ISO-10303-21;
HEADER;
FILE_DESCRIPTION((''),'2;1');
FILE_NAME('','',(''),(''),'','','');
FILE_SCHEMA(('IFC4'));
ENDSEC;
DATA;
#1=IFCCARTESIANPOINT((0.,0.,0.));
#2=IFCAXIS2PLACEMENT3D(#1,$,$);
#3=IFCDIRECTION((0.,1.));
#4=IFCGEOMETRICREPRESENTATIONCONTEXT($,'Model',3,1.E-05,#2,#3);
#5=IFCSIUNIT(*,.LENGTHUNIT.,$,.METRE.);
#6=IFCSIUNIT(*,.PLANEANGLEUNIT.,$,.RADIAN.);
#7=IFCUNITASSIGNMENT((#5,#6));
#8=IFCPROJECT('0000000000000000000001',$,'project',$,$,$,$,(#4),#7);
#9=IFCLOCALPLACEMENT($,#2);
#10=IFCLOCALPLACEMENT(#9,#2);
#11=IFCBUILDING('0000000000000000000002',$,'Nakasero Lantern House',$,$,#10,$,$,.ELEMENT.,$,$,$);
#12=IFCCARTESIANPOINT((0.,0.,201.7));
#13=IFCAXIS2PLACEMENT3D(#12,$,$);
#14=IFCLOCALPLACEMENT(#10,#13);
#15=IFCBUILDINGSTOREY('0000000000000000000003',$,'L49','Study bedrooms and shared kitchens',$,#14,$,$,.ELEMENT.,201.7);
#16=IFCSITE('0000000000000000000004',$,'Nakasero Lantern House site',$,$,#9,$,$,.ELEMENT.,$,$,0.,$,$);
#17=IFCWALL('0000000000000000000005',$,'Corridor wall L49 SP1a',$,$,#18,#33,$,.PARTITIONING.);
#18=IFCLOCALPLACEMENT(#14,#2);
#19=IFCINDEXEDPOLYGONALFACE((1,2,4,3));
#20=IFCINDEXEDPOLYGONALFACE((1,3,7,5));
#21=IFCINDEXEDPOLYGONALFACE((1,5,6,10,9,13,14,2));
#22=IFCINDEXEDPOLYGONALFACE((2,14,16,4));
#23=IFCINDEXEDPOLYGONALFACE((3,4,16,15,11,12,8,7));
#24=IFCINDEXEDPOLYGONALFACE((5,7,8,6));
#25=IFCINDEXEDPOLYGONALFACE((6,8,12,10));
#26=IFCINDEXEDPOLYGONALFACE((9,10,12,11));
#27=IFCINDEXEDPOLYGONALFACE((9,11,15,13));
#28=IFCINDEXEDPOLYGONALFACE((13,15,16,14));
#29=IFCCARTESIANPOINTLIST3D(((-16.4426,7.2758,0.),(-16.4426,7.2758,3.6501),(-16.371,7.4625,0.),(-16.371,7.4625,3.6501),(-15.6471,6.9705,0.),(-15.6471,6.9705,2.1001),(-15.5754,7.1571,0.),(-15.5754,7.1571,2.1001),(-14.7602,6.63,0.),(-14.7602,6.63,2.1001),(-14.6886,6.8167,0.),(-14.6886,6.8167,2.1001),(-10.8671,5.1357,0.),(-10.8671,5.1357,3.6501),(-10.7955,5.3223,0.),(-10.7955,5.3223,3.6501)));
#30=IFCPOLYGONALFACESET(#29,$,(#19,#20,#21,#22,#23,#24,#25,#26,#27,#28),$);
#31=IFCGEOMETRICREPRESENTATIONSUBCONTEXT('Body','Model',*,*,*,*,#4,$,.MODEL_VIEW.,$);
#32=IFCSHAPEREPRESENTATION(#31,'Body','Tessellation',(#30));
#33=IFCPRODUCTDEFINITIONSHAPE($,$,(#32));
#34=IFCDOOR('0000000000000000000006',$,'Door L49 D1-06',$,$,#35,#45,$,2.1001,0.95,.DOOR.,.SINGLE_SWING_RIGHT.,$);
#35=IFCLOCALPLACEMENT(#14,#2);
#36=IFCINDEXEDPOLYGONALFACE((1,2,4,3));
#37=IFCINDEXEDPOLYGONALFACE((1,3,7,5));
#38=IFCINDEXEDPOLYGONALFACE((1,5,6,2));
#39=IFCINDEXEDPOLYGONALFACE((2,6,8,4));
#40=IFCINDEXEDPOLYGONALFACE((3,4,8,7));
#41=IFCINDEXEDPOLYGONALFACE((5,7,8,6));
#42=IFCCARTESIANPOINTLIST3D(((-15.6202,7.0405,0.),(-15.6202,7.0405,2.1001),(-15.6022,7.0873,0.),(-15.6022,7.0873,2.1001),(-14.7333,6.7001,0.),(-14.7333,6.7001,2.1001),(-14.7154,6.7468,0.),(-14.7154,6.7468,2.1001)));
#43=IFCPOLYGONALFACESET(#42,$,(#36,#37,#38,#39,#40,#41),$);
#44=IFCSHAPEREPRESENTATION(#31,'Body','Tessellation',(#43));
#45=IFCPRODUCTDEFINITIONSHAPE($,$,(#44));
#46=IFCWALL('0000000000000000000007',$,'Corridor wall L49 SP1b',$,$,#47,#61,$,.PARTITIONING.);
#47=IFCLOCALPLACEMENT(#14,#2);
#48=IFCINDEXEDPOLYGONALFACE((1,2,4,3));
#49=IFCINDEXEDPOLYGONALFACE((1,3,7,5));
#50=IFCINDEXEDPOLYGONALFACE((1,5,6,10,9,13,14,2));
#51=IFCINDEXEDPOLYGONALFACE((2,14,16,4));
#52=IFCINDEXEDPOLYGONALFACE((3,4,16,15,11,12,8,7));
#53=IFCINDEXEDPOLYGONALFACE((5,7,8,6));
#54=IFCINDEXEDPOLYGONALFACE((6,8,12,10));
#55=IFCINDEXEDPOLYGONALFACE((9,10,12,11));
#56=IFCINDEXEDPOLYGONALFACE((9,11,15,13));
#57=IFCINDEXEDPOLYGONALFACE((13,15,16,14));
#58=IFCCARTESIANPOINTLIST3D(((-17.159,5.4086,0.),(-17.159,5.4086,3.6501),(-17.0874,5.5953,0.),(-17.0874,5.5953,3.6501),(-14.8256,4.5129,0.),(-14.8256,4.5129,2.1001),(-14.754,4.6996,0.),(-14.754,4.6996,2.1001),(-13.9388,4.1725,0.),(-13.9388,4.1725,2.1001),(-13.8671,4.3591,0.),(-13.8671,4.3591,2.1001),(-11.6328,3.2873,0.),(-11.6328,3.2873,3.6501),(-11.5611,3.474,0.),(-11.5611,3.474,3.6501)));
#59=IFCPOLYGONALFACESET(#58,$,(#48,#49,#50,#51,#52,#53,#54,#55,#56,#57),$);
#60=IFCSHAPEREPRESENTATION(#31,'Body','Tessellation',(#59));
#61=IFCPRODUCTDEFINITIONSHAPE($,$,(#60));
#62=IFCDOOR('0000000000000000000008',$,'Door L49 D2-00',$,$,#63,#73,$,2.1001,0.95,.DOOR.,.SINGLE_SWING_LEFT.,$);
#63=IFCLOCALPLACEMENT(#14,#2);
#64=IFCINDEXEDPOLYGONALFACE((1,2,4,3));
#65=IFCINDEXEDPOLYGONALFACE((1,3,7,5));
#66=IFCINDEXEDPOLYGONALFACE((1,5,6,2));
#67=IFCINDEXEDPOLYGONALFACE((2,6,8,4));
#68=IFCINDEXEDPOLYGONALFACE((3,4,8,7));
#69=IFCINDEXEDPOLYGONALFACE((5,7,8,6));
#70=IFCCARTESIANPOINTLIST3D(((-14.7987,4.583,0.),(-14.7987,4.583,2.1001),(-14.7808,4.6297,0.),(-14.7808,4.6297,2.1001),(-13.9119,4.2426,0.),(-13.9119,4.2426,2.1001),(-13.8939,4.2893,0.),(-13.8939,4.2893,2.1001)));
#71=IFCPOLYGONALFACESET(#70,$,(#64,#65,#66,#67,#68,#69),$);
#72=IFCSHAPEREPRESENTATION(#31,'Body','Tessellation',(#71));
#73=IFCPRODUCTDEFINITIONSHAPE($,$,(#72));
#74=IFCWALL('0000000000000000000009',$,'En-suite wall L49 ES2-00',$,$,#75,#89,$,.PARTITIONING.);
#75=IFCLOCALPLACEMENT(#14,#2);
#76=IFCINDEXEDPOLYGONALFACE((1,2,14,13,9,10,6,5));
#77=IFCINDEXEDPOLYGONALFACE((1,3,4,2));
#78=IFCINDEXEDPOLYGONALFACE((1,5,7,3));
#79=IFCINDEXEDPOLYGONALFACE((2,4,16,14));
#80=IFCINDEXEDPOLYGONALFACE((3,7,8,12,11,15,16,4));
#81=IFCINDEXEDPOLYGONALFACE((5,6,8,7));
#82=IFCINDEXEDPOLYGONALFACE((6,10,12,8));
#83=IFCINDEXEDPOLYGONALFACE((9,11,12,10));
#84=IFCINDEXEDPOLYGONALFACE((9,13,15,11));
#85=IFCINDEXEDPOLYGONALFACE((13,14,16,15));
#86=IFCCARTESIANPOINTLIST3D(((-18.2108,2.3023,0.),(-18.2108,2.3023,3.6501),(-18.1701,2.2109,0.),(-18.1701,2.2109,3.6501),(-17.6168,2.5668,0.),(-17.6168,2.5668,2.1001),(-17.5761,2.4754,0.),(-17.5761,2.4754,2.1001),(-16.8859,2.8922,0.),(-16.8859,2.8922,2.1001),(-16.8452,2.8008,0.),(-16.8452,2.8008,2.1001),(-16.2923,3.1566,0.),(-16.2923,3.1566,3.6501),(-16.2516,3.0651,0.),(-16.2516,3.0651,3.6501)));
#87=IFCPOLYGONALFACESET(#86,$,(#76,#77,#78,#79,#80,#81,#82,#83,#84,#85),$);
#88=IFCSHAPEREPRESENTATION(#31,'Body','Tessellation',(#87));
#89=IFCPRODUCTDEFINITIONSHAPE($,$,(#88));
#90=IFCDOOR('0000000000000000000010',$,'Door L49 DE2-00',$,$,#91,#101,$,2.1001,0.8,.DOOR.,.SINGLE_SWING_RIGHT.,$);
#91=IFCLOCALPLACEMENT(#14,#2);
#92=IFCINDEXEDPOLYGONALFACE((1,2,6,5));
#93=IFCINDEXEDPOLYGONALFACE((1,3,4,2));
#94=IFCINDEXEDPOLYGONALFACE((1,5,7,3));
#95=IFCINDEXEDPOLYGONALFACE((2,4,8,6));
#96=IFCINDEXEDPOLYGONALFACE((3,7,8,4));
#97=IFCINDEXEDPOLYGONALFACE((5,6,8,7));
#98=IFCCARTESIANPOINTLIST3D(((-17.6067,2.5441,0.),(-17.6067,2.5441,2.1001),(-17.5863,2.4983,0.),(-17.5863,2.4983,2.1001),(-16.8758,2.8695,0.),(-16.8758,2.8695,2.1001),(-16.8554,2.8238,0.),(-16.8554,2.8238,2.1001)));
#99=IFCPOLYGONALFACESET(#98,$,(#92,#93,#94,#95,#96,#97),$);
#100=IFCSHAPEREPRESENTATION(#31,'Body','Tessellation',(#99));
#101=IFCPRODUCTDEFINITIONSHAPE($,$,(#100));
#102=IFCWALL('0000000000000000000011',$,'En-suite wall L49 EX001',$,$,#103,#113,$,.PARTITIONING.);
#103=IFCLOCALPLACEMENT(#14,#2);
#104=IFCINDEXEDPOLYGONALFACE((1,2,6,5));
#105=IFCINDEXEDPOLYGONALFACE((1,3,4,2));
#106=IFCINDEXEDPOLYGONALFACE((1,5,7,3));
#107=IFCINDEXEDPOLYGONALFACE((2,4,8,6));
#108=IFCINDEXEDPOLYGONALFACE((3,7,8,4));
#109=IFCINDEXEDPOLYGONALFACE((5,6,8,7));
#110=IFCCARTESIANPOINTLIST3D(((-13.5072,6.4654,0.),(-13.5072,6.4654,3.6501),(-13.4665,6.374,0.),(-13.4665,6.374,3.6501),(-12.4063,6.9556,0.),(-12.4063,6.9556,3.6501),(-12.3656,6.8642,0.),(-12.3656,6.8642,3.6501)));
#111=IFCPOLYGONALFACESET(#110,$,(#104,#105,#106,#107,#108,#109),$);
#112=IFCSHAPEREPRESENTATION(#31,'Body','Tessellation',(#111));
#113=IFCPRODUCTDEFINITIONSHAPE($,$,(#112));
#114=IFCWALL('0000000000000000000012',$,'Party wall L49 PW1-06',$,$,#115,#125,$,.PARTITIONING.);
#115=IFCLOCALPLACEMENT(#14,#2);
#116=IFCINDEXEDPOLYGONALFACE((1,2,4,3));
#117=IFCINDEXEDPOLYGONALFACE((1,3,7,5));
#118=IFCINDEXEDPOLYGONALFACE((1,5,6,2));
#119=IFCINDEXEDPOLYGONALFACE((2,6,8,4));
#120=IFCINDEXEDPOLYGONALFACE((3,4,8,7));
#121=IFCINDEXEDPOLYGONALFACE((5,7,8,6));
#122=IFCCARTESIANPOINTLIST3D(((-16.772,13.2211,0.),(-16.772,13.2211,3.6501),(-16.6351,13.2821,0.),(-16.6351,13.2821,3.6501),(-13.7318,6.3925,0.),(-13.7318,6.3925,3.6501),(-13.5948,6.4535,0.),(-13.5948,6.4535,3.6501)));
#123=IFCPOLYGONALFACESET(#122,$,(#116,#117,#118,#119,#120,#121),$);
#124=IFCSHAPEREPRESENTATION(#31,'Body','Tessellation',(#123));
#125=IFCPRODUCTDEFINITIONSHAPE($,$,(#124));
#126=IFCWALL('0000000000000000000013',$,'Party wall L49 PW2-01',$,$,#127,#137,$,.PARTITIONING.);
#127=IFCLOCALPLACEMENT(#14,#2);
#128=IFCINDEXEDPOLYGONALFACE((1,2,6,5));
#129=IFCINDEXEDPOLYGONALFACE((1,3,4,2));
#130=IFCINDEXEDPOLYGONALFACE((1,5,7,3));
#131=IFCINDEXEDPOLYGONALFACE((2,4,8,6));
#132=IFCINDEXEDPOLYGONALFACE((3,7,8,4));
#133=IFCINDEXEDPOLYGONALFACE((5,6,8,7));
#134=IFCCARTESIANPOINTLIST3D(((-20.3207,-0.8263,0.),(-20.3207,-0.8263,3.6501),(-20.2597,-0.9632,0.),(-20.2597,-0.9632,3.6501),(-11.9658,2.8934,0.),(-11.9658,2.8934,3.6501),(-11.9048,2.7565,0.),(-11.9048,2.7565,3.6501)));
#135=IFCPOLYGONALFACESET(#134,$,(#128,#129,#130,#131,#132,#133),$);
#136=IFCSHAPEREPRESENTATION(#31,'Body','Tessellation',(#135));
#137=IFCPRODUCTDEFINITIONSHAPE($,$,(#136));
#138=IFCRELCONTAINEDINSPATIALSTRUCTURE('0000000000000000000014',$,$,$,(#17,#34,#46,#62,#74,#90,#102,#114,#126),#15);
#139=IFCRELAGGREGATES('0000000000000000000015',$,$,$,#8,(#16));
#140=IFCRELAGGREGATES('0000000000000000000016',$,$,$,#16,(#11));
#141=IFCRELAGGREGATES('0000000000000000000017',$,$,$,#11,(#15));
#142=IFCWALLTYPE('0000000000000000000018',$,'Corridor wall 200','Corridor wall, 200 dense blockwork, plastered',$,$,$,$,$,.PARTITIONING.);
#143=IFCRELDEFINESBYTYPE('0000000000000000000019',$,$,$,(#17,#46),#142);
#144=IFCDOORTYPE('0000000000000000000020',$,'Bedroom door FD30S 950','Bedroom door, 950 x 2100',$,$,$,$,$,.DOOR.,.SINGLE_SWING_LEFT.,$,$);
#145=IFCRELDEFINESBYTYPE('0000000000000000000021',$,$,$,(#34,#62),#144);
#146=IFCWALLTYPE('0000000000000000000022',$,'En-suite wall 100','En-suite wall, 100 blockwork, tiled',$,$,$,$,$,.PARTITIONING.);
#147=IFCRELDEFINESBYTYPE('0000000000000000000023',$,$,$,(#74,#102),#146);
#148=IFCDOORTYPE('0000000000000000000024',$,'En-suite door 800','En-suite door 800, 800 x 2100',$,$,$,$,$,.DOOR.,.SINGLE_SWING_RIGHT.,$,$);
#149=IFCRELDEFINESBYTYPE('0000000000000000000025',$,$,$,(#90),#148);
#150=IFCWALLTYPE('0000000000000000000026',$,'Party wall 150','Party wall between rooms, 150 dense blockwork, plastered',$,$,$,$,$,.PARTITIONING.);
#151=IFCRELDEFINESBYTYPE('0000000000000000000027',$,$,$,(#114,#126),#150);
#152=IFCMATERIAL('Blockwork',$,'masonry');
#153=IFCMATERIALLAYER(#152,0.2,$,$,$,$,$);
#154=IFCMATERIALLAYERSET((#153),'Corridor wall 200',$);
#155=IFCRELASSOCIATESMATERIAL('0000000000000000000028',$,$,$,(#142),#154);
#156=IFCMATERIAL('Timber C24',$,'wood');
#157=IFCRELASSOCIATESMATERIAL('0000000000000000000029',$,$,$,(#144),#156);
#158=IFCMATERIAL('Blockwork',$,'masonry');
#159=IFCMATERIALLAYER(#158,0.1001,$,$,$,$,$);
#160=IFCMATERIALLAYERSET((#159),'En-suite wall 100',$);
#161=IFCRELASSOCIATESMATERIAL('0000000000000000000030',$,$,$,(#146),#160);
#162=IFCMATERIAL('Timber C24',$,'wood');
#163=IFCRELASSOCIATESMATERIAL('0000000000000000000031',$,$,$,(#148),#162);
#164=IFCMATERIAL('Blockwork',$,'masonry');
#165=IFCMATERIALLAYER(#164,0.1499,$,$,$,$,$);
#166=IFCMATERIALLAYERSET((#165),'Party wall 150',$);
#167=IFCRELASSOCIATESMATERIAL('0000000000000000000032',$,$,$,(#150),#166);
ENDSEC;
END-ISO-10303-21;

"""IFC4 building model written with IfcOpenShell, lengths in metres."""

from ifc_helpers import new_model, si_unit, direction, frame, frame_2d, origin, place, context, subcontext, project, spatial, rectangle, extrude, material, layer, layer_set, type_object, element, fill, save


model = new_model("IFC4")

# Units and contexts
model_context = context("Model", 3, precision=1e-05, world=origin(), true_north=direction((0.0, 1.0)))
body_context = subcontext(model_context, "Body", "Model", "MODEL_VIEW")
ifc_project = project(units=[si_unit("LENGTHUNIT", "METRE"), si_unit("PLANEANGLEUNIT", "RADIAN")], contexts=[model_context])

# Site, building, storey
site_placement = place(None, origin())
site = spatial("IfcSite", under=ifc_project, at=site_placement, Name="Nakasero Lantern House site", CompositionType="ELEMENT", RefElevation=0.0)
building_placement = place(site_placement, origin())
building = spatial("IfcBuilding", under=site, at=building_placement, Name="Nakasero Lantern House", CompositionType="ELEMENT")
storey_placement = place(building_placement, frame((0.0, 0.0, 201.7)))
storey = spatial("IfcBuildingStorey", under=building, at=storey_placement, Name="L49", Description="Study bedrooms and shared kitchens", CompositionType="ELEMENT", Elevation=201.7)

# Shared definitions
ifc_material_1 = material(Name="Blockwork", Category="masonry")
ifc_layer_1 = layer(ifc_material_1, 0.2)
ifc_layer_set_1 = layer_set([ifc_layer_1], Name="Corridor wall 200")
wall_type_1 = type_object("IfcWallType", Name="Corridor wall 200", Description="Corridor wall, 200 dense blockwork, plastered", PredefinedType="PARTITIONING", material=ifc_layer_set_1)

# Walls, openings, doors
wall_1_placement = place(storey_placement, frame((-10.8313, 5.229, 0.0), z_axis=(0.0, 0.0, 1.0), x_axis=(-0.933585, 0.358357, 0.0)))
wall_1 = element("IfcWall", 1, at=wall_1_placement, inside=storey, type_object=wall_type_1, Name="Corridor wall L49 SP1a", PredefinedType="PARTITIONING", context=body_context, shape_type="SweptSolid", body=[
    extrude(rectangle(XDim=5.9722, YDim=0.2, at=frame_2d((2.9861, 0.0))), origin(), (0.0, 0.0, 1.0), 3.6501),
])
opening_1_placement = place(wall_1_placement, frame((4.1699, 0.0, 0.0)))
opening_1 = element("IfcOpeningElement", 2, at=opening_1_placement, cuts=wall_1, PredefinedType="OPENING", context=body_context, shape_type="SweptSolid", body=[
    extrude(rectangle(XDim=0.95, YDim=2.1001, at=frame_2d((0.4751, 1.05))), frame((0.0, 0.1199, 0.0), z_axis=(0.0, -1.0, 0.0), x_axis=(1.0, 0.0, 0.0)), (0.0, 0.0, 1.0), 0.24),
])
ifc_material_2 = material(Name="Timber C24", Category="wood")
door_type_1 = type_object("IfcDoorType", Name="Bedroom door FD30S 950", Description="Bedroom door, 950 x 2100", OperationType="SINGLE_SWING_LEFT", PredefinedType="DOOR", material=ifc_material_2)
door_1_placement = place(opening_1_placement, origin())
door_1 = element("IfcDoor", 3, at=door_1_placement, inside=storey, type_object=door_type_1, Name="Door L49 D1-06", OperationType="SINGLE_SWING_RIGHT", OverallHeight=2.1001, OverallWidth=0.95, PredefinedType="DOOR", context=body_context, shape_type="SweptSolid", body=[
    extrude(rectangle(XDim=0.95, YDim=2.1001, at=frame_2d((0.4751, 1.05))), frame((0.0, 0.0249, 0.0), z_axis=(0.0, -1.0, 0.0), x_axis=(1.0, 0.0, 0.0)), (0.0, 0.0, 1.0), 0.05),
])
fill(opening_1, door_1)
wall_2_placement = place(storey_placement, frame((-11.5969, 3.3806, 0.0), z_axis=(0.0, 0.0, 1.0), x_axis=(-0.933582, 0.358363, 0.0)))
wall_2 = element("IfcWall", 4, at=wall_2_placement, inside=storey, type_object=wall_type_1, Name="Corridor wall L49 SP1b", PredefinedType="PARTITIONING", context=body_context, shape_type="SweptSolid", body=[
    extrude(rectangle(XDim=5.9194, YDim=0.2, at=frame_2d((2.9597, 0.0))), origin(), (0.0, 0.0, 1.0), 3.6501),
])
opening_2_placement = place(wall_2_placement, frame((2.47, 0.0, 0.0)))
opening_2 = element("IfcOpeningElement", 5, at=opening_2_placement, cuts=wall_2, PredefinedType="OPENING", context=body_context, shape_type="SweptSolid", body=[
    extrude(rectangle(XDim=0.95, YDim=2.1001, at=frame_2d((0.4751, 1.05))), frame((0.0, 0.1199, 0.0), z_axis=(0.0, -1.0, 0.0), x_axis=(1.0, 0.0, 0.0)), (0.0, 0.0, 1.0), 0.24),
])
door_2_placement = place(opening_2_placement, origin())
door_2 = element("IfcDoor", 6, at=door_2_placement, inside=storey, type_object=door_type_1, Name="Door L49 D2-00", OperationType="SINGLE_SWING_LEFT", OverallHeight=2.1001, OverallWidth=0.95, PredefinedType="DOOR", context=body_context, shape_type="SweptSolid", body=[
    extrude(rectangle(XDim=0.95, YDim=2.1001, at=frame_2d((0.4751, 1.05))), frame((0.0, 0.0249, 0.0), z_axis=(0.0, -1.0, 0.0), x_axis=(1.0, 0.0, 0.0)), (0.0, 0.0, 1.0), 0.05),
])
fill(opening_2, door_2)
ifc_material_3 = material(Name="Blockwork", Category="masonry")
ifc_layer_2 = layer(ifc_material_3, 0.1001)
ifc_layer_set_2 = layer_set([ifc_layer_2], Name="En-suite wall 100")
wall_type_2 = type_object("IfcWallType", Name="En-suite wall 100", Description="En-suite wall, 100 blockwork, tiled", PredefinedType="PARTITIONING", material=ifc_layer_set_2)
wall_3_placement = place(storey_placement, frame((-16.272, 3.1108, 0.0), z_axis=(0.0, 0.0, 1.0), x_axis=(-0.913528, -0.406775, 0.0)))
wall_3 = element("IfcWall", 7, at=wall_3_placement, inside=storey, type_object=wall_type_2, Name="En-suite wall L49 ES2-00", PredefinedType="PARTITIONING", context=body_context, shape_type="SweptSolid", body=[
    extrude(rectangle(XDim=2.1001, YDim=0.1001, at=frame_2d((1.05, 0.0))), origin(), (0.0, 0.0, 1.0), 3.6501),
])
opening_3_placement = place(wall_3_placement, frame((0.6499, 0.0, 0.0)))
opening_3 = element("IfcOpeningElement", 8, at=opening_3_placement, cuts=wall_3, PredefinedType="OPENING", context=body_context, shape_type="SweptSolid", body=[
    extrude(rectangle(XDim=0.8, YDim=2.1001, at=frame_2d((0.3999, 1.05))), frame((0.0, 0.0701, 0.0), z_axis=(0.0, -1.0, 0.0), x_axis=(1.0, 0.0, 0.0)), (0.0, 0.0, 1.0), 0.1401),
])
ifc_material_4 = material(Name="Timber C24", Category="wood")
door_type_2 = type_object("IfcDoorType", Name="En-suite door 800", Description="En-suite door 800, 800 x 2100", OperationType="SINGLE_SWING_RIGHT", PredefinedType="DOOR", material=ifc_material_4)
door_3_placement = place(opening_3_placement, origin())
door_3 = element("IfcDoor", 9, at=door_3_placement, inside=storey, type_object=door_type_2, Name="Door L49 DE2-00", OperationType="SINGLE_SWING_RIGHT", OverallHeight=2.1001, OverallWidth=0.8, PredefinedType="DOOR", context=body_context, shape_type="SweptSolid", body=[
    extrude(rectangle(XDim=0.8, YDim=2.1001, at=frame_2d((0.3999, 1.05))), frame((0.0, 0.0249, 0.0), z_axis=(0.0, -1.0, 0.0), x_axis=(1.0, 0.0, 0.0)), (0.0, 0.0, 1.0), 0.05),
])
fill(opening_3, door_3)

# Walls
wall_4_placement = place(storey_placement, frame((-13.4868, 6.4197, 0.0), z_axis=(0.0, 0.0, 1.0), x_axis=(0.913511, 0.406815, 0.0)))
element("IfcWall", 10, at=wall_4_placement, inside=storey, type_object=wall_type_2, Name="En-suite wall L49 EX001", PredefinedType="PARTITIONING", context=body_context, shape_type="SweptSolid", body=[
    extrude(rectangle(XDim=1.2051, YDim=0.1001, at=frame_2d((0.6025, 0.0))), origin(), (0.0, 0.0, 1.0), 3.6501),
])
ifc_material_5 = material(Name="Blockwork", Category="masonry")
ifc_layer_3 = layer(ifc_material_5, 0.1499)
ifc_layer_set_3 = layer_set([ifc_layer_3], Name="Party wall 150")
wall_type_3 = type_object("IfcWallType", Name="Party wall 150", Description="Party wall between rooms, 150 dense blockwork, plastered", PredefinedType="PARTITIONING", material=ifc_layer_set_3)
wall_5_placement = place(storey_placement, frame((-13.6633, 6.4231, 0.0), z_axis=(0.0, 0.0, 1.0), x_axis=(-0.406735, 0.913546, 0.0)))
element("IfcWall", 11, at=wall_5_placement, inside=storey, type_object=wall_type_3, Name="Party wall L49 PW1-06", PredefinedType="PARTITIONING", context=body_context, shape_type="SweptSolid", body=[
    extrude(rectangle(XDim=7.4749, YDim=0.1499, at=frame_2d((3.7373, 0.0))), origin(), (0.0, 0.0, 1.0), 3.6501),
])
wall_6_placement = place(storey_placement, frame((-11.9353, 2.825, 0.0), z_axis=(0.0, 0.0, 1.0), x_axis=(-0.913552, -0.406723, 0.0)))
element("IfcWall", 12, at=wall_6_placement, inside=storey, type_object=wall_type_3, Name="Party wall L49 PW2-01", PredefinedType="PARTITIONING", context=body_context, shape_type="SweptSolid", body=[
    extrude(rectangle(XDim=9.1455, YDim=0.1499, at=frame_2d((4.5728, 0.0))), origin(), (0.0, 0.0, 1.0), 3.6501),
])

save(model, "model.ifc")
